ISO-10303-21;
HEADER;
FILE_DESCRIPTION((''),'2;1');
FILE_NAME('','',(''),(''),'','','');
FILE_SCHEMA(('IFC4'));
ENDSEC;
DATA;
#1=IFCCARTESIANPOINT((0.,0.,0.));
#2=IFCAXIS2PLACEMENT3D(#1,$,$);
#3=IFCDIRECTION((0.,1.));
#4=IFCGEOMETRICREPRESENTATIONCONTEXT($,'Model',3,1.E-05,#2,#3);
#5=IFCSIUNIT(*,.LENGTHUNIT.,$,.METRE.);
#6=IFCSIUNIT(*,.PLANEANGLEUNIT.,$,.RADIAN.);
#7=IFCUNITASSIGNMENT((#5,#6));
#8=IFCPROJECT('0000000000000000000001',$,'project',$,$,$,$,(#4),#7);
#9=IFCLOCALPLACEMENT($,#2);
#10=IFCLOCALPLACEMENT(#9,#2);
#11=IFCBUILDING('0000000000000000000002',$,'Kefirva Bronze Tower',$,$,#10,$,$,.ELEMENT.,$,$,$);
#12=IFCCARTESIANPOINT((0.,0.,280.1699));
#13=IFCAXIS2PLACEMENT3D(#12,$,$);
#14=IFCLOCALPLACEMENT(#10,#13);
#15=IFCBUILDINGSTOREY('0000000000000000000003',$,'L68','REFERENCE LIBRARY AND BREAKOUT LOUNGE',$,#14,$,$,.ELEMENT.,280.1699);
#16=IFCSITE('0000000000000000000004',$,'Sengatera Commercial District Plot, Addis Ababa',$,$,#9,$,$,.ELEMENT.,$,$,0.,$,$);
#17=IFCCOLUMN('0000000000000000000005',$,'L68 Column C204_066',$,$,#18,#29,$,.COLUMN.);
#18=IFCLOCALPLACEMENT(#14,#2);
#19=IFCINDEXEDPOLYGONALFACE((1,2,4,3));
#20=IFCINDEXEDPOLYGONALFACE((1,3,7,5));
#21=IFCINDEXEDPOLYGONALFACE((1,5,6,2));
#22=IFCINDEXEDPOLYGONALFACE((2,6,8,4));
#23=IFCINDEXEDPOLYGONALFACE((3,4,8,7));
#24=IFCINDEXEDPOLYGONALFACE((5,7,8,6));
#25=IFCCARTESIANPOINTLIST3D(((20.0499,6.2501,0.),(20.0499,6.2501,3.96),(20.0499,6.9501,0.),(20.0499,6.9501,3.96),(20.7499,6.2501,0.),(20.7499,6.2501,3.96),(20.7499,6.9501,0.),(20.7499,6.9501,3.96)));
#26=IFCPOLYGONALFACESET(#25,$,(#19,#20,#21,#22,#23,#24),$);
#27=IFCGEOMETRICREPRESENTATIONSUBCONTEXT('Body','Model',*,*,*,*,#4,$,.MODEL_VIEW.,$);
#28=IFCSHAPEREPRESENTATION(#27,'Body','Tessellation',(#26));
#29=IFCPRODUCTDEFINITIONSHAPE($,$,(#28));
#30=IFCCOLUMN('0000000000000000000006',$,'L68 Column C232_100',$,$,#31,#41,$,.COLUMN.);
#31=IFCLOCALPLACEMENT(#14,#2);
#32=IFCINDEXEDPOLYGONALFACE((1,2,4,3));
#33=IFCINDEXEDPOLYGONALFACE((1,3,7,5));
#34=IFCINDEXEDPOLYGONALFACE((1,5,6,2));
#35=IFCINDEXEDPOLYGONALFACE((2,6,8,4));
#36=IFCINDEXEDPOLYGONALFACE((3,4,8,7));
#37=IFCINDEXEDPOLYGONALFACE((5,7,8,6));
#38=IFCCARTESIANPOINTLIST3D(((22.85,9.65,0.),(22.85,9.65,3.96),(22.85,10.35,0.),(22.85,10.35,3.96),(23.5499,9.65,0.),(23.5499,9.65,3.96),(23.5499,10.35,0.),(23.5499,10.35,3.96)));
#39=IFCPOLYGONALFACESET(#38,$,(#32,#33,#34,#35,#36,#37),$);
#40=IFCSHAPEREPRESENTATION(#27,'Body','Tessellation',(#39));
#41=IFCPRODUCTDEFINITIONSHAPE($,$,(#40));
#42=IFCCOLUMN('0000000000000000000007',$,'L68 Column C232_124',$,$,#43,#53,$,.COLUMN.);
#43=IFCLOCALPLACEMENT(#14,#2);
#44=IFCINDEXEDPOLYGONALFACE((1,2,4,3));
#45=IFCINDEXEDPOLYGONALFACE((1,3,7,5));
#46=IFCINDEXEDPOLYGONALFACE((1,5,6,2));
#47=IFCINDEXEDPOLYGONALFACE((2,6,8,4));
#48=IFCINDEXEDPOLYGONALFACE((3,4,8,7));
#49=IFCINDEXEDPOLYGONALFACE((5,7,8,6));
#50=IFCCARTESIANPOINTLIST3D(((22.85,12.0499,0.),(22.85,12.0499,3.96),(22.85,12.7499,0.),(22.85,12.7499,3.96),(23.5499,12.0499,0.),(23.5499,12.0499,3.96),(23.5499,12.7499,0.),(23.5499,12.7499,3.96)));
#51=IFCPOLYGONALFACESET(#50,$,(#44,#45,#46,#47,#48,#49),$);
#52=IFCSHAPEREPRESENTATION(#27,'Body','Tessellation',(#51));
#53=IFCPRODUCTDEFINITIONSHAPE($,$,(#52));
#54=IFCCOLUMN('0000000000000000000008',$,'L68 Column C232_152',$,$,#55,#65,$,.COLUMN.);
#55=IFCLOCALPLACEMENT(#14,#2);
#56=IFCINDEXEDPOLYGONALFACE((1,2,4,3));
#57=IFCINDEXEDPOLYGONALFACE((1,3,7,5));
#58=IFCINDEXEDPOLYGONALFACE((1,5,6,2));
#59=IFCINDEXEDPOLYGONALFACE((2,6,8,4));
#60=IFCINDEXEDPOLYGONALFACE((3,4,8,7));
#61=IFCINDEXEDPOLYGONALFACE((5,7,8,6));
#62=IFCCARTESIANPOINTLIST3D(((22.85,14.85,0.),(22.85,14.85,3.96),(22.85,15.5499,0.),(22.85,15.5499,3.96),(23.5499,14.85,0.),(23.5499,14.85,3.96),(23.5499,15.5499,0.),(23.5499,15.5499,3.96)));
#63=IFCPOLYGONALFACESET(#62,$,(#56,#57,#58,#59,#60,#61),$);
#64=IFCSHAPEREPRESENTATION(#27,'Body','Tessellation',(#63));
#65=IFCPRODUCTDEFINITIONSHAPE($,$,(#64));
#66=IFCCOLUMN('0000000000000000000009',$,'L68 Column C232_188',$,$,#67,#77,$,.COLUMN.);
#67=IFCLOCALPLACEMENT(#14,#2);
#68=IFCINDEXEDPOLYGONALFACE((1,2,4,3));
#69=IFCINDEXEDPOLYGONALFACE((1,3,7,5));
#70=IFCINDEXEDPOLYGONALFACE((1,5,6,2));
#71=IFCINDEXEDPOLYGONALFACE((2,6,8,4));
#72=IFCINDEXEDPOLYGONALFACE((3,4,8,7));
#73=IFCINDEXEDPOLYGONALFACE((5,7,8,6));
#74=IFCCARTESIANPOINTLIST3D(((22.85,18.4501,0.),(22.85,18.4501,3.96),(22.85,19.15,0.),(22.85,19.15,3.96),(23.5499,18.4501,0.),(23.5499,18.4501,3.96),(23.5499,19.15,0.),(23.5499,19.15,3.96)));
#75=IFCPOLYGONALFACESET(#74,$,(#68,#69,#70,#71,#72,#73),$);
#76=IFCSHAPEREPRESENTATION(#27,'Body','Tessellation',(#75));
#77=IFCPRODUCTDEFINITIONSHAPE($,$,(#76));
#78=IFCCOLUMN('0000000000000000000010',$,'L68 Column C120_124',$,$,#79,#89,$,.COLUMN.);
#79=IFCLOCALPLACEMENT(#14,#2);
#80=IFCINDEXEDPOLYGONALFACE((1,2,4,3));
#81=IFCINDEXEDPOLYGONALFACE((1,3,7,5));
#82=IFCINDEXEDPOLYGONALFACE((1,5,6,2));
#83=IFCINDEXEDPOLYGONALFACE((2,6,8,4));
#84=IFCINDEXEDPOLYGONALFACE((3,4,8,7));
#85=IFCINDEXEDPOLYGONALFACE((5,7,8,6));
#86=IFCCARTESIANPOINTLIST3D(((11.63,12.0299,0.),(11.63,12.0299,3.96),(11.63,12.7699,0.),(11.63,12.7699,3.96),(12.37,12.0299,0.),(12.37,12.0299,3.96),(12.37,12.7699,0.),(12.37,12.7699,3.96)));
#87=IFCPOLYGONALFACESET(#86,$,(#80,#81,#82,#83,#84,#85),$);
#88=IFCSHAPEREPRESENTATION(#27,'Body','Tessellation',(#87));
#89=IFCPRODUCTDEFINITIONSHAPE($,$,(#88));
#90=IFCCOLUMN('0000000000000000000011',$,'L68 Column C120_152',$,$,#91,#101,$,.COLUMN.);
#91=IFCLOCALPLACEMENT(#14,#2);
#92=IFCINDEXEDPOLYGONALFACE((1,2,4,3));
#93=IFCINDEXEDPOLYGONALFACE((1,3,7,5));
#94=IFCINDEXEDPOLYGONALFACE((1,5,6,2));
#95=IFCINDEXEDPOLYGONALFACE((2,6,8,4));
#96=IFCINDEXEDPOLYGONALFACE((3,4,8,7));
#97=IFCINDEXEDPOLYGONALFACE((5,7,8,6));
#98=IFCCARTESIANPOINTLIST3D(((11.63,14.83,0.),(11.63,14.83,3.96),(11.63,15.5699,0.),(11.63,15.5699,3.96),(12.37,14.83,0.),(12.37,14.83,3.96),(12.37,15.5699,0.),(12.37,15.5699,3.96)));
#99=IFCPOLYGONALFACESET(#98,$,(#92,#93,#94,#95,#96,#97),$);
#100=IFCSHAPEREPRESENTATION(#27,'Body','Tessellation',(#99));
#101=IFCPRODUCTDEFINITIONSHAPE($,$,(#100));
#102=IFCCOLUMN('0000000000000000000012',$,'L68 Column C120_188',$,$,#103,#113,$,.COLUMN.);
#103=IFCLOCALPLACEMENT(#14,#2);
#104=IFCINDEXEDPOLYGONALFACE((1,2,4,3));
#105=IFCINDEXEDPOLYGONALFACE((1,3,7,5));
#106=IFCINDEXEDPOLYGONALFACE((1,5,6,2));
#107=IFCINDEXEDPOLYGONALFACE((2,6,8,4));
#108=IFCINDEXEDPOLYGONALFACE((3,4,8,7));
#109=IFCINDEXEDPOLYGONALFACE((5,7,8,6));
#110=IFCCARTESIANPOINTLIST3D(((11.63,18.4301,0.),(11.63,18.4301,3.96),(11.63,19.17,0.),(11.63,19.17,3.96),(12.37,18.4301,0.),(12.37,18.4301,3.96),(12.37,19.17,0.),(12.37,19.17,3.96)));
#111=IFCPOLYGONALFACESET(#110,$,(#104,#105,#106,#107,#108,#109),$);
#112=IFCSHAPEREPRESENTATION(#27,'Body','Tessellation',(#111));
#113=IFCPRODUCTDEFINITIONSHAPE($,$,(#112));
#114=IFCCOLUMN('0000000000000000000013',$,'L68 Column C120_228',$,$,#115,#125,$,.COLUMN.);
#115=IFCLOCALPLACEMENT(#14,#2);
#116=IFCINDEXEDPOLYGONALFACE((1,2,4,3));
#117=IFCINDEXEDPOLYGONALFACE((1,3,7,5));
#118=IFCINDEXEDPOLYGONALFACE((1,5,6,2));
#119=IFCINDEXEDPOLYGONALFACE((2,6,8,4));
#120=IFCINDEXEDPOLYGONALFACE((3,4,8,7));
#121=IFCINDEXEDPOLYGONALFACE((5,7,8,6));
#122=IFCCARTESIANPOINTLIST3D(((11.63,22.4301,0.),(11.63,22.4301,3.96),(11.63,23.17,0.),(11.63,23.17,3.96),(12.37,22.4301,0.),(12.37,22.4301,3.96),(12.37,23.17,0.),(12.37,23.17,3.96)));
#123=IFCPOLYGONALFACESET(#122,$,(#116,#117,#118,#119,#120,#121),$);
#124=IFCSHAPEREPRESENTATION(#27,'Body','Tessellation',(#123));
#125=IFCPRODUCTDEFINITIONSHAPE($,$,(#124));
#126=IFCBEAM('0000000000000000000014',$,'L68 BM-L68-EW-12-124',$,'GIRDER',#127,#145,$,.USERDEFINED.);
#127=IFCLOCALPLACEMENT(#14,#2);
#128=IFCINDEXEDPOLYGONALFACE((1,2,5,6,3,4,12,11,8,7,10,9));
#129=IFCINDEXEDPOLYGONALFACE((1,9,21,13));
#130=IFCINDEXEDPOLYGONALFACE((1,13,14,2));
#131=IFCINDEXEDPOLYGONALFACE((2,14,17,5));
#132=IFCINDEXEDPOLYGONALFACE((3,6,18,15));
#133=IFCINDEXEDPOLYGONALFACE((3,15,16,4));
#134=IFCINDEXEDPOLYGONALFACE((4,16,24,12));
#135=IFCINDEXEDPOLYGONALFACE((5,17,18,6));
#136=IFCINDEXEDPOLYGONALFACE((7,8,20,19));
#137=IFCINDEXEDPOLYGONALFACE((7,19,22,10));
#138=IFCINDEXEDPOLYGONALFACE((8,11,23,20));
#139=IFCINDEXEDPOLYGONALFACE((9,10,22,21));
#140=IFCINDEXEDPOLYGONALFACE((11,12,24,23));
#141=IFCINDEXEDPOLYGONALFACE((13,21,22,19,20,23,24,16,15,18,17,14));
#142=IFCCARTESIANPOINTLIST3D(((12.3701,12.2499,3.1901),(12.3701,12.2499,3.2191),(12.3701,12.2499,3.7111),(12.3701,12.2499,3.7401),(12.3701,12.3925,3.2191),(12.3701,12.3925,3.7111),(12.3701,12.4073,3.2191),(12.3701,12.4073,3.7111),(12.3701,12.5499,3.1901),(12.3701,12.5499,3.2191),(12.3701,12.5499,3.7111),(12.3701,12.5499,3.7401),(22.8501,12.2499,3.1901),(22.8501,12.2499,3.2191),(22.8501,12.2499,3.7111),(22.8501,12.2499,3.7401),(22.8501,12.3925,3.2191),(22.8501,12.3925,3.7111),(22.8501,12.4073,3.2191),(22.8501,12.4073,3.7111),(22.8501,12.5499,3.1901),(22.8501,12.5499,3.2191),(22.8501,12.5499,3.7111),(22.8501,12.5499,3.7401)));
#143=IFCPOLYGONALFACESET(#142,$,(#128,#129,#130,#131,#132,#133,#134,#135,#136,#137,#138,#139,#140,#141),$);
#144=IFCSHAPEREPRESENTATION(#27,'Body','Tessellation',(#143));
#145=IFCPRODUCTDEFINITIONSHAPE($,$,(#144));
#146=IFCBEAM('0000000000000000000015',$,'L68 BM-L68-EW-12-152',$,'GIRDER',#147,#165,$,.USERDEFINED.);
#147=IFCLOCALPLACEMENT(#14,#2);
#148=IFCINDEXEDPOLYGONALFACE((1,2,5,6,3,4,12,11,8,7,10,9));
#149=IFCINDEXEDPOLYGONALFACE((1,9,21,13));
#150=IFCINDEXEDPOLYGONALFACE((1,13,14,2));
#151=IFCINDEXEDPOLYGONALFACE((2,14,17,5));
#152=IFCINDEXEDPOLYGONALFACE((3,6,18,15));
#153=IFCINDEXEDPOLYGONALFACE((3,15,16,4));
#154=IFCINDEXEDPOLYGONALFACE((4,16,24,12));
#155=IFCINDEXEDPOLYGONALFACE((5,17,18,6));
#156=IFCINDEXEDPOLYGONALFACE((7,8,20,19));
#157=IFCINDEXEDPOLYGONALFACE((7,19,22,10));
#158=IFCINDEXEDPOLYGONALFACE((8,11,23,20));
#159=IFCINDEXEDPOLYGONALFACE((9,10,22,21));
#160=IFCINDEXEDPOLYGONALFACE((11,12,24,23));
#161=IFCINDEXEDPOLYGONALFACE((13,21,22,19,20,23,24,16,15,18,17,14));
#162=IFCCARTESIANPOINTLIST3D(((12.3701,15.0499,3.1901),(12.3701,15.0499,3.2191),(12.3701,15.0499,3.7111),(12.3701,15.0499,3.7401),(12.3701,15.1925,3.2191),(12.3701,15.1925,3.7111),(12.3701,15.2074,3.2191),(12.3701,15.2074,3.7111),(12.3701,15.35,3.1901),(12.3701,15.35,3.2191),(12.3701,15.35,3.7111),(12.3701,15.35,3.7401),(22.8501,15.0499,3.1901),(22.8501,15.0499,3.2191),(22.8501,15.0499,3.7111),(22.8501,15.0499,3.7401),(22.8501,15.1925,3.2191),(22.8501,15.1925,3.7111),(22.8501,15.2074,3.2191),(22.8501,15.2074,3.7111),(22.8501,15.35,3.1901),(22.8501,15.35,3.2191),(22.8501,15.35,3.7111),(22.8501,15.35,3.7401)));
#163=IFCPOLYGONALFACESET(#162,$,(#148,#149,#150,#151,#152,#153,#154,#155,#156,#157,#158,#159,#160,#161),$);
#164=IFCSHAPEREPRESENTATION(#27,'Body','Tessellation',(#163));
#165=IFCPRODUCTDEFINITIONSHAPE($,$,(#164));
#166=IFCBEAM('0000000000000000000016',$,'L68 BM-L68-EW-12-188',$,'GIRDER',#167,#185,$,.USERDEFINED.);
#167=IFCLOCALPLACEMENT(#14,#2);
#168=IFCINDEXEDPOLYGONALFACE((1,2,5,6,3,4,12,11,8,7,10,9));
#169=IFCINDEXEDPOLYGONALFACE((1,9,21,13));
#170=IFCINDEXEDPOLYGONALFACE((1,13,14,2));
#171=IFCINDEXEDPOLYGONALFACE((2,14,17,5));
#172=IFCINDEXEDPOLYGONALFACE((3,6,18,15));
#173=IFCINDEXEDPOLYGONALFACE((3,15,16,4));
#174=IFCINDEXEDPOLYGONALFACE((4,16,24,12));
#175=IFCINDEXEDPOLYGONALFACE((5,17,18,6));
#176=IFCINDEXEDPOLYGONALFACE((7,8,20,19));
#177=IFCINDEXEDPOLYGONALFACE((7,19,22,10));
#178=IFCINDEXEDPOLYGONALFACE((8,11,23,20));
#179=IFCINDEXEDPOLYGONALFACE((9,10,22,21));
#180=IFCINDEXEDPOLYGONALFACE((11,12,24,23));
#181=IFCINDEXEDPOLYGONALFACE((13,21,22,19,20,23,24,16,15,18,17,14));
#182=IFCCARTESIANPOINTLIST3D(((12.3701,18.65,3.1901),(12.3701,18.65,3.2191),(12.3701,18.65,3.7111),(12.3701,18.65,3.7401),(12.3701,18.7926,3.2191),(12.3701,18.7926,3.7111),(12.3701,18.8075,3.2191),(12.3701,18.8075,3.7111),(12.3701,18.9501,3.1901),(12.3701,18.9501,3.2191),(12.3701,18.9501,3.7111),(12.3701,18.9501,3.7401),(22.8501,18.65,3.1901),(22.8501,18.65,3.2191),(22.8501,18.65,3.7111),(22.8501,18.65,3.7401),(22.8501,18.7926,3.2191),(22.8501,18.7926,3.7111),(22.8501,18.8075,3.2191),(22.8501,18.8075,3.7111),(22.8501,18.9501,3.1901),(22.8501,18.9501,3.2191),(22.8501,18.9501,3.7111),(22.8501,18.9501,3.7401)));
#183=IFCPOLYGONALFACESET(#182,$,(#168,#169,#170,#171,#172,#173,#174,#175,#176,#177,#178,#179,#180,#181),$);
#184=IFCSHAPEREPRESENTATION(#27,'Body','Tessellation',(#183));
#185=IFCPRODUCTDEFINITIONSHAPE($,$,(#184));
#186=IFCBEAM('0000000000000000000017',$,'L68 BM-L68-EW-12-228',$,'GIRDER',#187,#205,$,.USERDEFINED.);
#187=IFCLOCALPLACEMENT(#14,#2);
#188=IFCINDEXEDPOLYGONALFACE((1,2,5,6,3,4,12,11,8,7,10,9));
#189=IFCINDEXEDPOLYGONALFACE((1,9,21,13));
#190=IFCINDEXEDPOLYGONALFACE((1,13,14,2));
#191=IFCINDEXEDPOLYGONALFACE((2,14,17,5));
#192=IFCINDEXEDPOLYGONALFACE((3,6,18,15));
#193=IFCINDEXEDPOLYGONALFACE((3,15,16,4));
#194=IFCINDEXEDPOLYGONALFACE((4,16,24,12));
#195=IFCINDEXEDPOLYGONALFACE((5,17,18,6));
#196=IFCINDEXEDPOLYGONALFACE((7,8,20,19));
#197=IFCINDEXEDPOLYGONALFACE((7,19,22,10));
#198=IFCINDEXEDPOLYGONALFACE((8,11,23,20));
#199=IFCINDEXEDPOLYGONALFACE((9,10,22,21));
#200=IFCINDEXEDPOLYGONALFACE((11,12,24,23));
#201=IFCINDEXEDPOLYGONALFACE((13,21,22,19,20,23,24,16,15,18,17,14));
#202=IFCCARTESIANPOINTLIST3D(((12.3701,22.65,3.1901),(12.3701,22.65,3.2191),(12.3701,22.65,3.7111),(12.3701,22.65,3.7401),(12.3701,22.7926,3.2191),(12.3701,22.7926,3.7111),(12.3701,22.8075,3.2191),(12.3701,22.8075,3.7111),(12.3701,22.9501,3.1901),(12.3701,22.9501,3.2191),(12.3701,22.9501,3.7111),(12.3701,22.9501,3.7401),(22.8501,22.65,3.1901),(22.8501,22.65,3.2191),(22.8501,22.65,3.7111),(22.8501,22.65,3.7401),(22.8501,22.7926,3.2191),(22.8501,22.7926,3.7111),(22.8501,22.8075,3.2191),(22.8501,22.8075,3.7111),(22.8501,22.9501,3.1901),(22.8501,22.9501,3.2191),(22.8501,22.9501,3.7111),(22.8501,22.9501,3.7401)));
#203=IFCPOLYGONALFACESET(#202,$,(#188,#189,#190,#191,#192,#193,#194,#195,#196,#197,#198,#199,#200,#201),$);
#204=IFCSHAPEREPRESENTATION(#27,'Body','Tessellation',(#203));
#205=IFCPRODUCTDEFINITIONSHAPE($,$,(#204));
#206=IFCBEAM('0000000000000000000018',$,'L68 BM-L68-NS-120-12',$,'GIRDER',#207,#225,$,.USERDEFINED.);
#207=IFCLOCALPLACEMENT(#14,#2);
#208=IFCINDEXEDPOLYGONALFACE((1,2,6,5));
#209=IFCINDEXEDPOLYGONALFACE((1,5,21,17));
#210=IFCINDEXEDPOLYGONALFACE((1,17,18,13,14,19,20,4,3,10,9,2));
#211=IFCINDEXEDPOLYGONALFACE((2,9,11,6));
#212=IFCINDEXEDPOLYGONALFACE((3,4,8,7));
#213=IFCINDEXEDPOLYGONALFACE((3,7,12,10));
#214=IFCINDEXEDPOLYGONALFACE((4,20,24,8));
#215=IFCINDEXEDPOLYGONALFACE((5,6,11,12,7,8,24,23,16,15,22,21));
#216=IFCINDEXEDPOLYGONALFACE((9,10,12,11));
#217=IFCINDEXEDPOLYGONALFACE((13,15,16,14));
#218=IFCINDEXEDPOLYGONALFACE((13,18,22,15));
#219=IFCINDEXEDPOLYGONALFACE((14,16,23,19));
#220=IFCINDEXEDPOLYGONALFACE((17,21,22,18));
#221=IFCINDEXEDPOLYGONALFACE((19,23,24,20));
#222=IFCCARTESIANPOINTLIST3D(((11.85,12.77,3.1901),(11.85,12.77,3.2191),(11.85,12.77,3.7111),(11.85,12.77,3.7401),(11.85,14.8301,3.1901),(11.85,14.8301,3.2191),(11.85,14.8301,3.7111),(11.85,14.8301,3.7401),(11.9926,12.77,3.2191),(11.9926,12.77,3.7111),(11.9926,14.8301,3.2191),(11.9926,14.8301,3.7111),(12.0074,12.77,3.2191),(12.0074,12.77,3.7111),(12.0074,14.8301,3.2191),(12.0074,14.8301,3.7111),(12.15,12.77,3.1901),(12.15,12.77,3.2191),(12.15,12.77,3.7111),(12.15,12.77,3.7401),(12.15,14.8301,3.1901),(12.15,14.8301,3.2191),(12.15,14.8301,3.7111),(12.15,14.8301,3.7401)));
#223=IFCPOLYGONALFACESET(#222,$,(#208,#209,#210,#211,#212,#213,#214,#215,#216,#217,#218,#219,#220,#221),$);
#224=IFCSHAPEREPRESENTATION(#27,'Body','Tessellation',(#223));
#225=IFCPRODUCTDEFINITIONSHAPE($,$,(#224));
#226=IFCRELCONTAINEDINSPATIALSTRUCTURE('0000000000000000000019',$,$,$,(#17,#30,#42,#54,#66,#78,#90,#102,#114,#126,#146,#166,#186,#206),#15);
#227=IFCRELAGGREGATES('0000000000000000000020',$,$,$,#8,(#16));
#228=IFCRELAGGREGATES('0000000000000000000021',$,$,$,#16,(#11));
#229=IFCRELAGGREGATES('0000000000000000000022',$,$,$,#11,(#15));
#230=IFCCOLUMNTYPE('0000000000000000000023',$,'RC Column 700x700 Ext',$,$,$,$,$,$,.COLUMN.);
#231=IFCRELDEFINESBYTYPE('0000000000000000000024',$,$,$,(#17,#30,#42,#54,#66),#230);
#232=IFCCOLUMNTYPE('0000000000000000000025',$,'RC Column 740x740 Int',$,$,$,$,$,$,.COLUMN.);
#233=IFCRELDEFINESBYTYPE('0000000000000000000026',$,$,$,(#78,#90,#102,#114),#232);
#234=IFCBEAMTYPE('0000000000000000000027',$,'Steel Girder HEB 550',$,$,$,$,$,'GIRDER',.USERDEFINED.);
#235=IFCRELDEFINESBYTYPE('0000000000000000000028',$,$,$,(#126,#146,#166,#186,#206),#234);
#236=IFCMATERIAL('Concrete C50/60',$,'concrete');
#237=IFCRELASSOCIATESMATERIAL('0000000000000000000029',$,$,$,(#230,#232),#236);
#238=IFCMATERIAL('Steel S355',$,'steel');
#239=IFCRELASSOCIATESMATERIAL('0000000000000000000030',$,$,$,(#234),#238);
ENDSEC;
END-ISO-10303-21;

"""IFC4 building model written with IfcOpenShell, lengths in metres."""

from ifc_helpers import new_model, si_unit, direction, frame, origin, origin_2d, place, context, subcontext, project, spatial, rectangle, i_section, extrude, material, material_profile, profile_set, type_object, element, save


model = new_model("IFC4")

# Units and contexts
model_context = context("Model", 3, precision=1e-05, world=origin(), true_north=direction((0.0, 1.0)))
body_context = subcontext(model_context, "Body", "Model", "MODEL_VIEW")
ifc_project = project(units=[si_unit("LENGTHUNIT", "METRE"), si_unit("PLANEANGLEUNIT", "RADIAN")], contexts=[model_context])

# Site, building, storey
site_placement = place(None, origin())
site = spatial("IfcSite", under=ifc_project, at=site_placement, Name="Sengatera Commercial District Plot, Addis Ababa", CompositionType="ELEMENT", RefElevation=0.0)
building_placement = place(site_placement, origin())
building = spatial("IfcBuilding", under=site, at=building_placement, Name="Kefirva Bronze Tower", CompositionType="ELEMENT")
storey_placement = place(building_placement, frame((0.0, 0.0, 280.1699)))
storey = spatial("IfcBuildingStorey", under=building, at=storey_placement, Name="L68", Description="REFERENCE LIBRARY AND BREAKOUT LOUNGE", CompositionType="ELEMENT", Elevation=280.1699)

# Columns
ifc_material_1 = material(Name="Concrete C50/60", Category="concrete")
ifc_material_profile_1 = material_profile(ifc_material_1, rectangle(XDim=0.7, YDim=0.7, at=origin_2d()), Name="RC 700x700")
ifc_profile_set_1 = profile_set([ifc_material_profile_1], Name="Concrete C50/60")
column_type_1 = type_object("IfcColumnType", Name="RC Column 700x700 Ext", PredefinedType="COLUMN", material=ifc_profile_set_1)
for number, where, z_axis, x_axis, name in (
    (1, (20.3999, 6.6001, 0.0), (0.0, 0.0, 1.0), (1.0, 0.0, 0.0), "L68 Column C204_066"),
    (2, (23.2, 10.0, 0.0), (0.0, 0.0, 1.0), (1.0, 0.0, 0.0), "L68 Column C232_100"),
    (3, (23.2, 12.3999, 0.0), (0.0, 0.0, 1.0), (1.0, 0.0, 0.0), "L68 Column C232_124"),
    (4, (23.2, 15.2, 0.0), (0.0, 0.0, 1.0), (1.0, 0.0, 0.0), "L68 Column C232_152"),
    (5, (23.2, 18.8, 0.0), (0.0, 0.0, 1.0), (1.0, 0.0, 0.0), "L68 Column C232_188"),
):
    element("IfcColumn", number, at=place(storey_placement, frame(where, z_axis=z_axis, x_axis=x_axis)), inside=storey, type_object=column_type_1, Name=name, PredefinedType="COLUMN", context=body_context, shape_type="SweptSolid", body=[
        extrude(rectangle(XDim=0.7, YDim=0.7, at=origin_2d()), origin(), (0.0, 0.0, 1.0), 3.96),
    ])
ifc_material_profile_2 = material_profile(ifc_material_1, rectangle(XDim=0.74, YDim=0.74, at=origin_2d()), Name="RC 740x740")
ifc_profile_set_2 = profile_set([ifc_material_profile_2], Name="Concrete C50/60")
column_type_2 = type_object("IfcColumnType", Name="RC Column 740x740 Int", PredefinedType="COLUMN", material=ifc_profile_set_2)
for number, where, z_axis, x_axis, name in (
    (6, (12.0, 12.3999, 0.0), (0.0, 0.0, 1.0), (1.0, 0.0, 0.0), "L68 Column C120_124"),
    (7, (12.0, 15.2, 0.0), (0.0, 0.0, 1.0), (1.0, 0.0, 0.0), "L68 Column C120_152"),
    (8, (12.0, 18.8, 0.0), (0.0, 0.0, 1.0), (1.0, 0.0, 0.0), "L68 Column C120_188"),
    (9, (12.0, 22.8, 0.0), (0.0, 0.0, 1.0), (1.0, 0.0, 0.0), "L68 Column C120_228"),
):
    element("IfcColumn", number, at=place(storey_placement, frame(where, z_axis=z_axis, x_axis=x_axis)), inside=storey, type_object=column_type_2, Name=name, PredefinedType="COLUMN", context=body_context, shape_type="SweptSolid", body=[
        extrude(rectangle(XDim=0.74, YDim=0.74, at=origin_2d()), origin(), (0.0, 0.0, 1.0), 3.96),
    ])

# Beams
ifc_material_2 = material(Name="Steel S355", Category="steel")
ifc_material_profile_3 = material_profile(ifc_material_2, i_section(OverallWidth=0.3, OverallDepth=0.55, WebThickness=0.0149, FlangeThickness=0.0291, at=origin_2d()), Name="HEB 550")
ifc_profile_set_3 = profile_set([ifc_material_profile_3], Name="Steel S355")
beam_type_1 = type_object("IfcBeamType", Name="Steel Girder HEB 550", ElementType="GIRDER", PredefinedType="USERDEFINED", material=ifc_profile_set_3)
for number, where, z_axis, x_axis, name in (
    (10, (12.3701, 12.3999, 3.4651), (1.0, 0.0, 0.0), (0.0, 1.0, 0.0), "L68 BM-L68-EW-12-124"),
    (11, (12.3701, 15.2, 3.4651), (1.0, 0.0, 0.0), (0.0, 1.0, 0.0), "L68 BM-L68-EW-12-152"),
    (12, (12.3701, 18.8, 3.4651), (1.0, 0.0, 0.0), (0.0, 1.0, 0.0), "L68 BM-L68-EW-12-188"),
    (13, (12.3701, 22.8, 3.4651), (1.0, 0.0, 0.0), (0.0, 1.0, 0.0), "L68 BM-L68-EW-12-228"),
):
    element("IfcBeam", number, at=place(storey_placement, frame(where, z_axis=z_axis, x_axis=x_axis)), inside=storey, type_object=beam_type_1, Name=name, ObjectType="GIRDER", PredefinedType="USERDEFINED", context=body_context, shape_type="SweptSolid", body=[
        extrude(i_section(OverallWidth=0.3, OverallDepth=0.55, WebThickness=0.0149, FlangeThickness=0.0291, at=origin_2d()), origin(), (0.0, 0.0, 1.0), 10.48),
    ])
beam_1_placement = place(storey_placement, frame((12.0, 12.77, 3.4651), z_axis=(0.0, 1.0, 0.0), x_axis=(-1.0, 0.0, 0.0)))
element("IfcBeam", 14, at=beam_1_placement, inside=storey, type_object=beam_type_1, Name="L68 BM-L68-NS-120-12", ObjectType="GIRDER", PredefinedType="USERDEFINED", context=body_context, shape_type="SweptSolid", body=[
    extrude(i_section(OverallWidth=0.3, OverallDepth=0.55, WebThickness=0.0149, FlangeThickness=0.0291, at=origin_2d()), origin(), (0.0, 0.0, 1.0), 2.0601),
])

save(model, "model.ifc")
